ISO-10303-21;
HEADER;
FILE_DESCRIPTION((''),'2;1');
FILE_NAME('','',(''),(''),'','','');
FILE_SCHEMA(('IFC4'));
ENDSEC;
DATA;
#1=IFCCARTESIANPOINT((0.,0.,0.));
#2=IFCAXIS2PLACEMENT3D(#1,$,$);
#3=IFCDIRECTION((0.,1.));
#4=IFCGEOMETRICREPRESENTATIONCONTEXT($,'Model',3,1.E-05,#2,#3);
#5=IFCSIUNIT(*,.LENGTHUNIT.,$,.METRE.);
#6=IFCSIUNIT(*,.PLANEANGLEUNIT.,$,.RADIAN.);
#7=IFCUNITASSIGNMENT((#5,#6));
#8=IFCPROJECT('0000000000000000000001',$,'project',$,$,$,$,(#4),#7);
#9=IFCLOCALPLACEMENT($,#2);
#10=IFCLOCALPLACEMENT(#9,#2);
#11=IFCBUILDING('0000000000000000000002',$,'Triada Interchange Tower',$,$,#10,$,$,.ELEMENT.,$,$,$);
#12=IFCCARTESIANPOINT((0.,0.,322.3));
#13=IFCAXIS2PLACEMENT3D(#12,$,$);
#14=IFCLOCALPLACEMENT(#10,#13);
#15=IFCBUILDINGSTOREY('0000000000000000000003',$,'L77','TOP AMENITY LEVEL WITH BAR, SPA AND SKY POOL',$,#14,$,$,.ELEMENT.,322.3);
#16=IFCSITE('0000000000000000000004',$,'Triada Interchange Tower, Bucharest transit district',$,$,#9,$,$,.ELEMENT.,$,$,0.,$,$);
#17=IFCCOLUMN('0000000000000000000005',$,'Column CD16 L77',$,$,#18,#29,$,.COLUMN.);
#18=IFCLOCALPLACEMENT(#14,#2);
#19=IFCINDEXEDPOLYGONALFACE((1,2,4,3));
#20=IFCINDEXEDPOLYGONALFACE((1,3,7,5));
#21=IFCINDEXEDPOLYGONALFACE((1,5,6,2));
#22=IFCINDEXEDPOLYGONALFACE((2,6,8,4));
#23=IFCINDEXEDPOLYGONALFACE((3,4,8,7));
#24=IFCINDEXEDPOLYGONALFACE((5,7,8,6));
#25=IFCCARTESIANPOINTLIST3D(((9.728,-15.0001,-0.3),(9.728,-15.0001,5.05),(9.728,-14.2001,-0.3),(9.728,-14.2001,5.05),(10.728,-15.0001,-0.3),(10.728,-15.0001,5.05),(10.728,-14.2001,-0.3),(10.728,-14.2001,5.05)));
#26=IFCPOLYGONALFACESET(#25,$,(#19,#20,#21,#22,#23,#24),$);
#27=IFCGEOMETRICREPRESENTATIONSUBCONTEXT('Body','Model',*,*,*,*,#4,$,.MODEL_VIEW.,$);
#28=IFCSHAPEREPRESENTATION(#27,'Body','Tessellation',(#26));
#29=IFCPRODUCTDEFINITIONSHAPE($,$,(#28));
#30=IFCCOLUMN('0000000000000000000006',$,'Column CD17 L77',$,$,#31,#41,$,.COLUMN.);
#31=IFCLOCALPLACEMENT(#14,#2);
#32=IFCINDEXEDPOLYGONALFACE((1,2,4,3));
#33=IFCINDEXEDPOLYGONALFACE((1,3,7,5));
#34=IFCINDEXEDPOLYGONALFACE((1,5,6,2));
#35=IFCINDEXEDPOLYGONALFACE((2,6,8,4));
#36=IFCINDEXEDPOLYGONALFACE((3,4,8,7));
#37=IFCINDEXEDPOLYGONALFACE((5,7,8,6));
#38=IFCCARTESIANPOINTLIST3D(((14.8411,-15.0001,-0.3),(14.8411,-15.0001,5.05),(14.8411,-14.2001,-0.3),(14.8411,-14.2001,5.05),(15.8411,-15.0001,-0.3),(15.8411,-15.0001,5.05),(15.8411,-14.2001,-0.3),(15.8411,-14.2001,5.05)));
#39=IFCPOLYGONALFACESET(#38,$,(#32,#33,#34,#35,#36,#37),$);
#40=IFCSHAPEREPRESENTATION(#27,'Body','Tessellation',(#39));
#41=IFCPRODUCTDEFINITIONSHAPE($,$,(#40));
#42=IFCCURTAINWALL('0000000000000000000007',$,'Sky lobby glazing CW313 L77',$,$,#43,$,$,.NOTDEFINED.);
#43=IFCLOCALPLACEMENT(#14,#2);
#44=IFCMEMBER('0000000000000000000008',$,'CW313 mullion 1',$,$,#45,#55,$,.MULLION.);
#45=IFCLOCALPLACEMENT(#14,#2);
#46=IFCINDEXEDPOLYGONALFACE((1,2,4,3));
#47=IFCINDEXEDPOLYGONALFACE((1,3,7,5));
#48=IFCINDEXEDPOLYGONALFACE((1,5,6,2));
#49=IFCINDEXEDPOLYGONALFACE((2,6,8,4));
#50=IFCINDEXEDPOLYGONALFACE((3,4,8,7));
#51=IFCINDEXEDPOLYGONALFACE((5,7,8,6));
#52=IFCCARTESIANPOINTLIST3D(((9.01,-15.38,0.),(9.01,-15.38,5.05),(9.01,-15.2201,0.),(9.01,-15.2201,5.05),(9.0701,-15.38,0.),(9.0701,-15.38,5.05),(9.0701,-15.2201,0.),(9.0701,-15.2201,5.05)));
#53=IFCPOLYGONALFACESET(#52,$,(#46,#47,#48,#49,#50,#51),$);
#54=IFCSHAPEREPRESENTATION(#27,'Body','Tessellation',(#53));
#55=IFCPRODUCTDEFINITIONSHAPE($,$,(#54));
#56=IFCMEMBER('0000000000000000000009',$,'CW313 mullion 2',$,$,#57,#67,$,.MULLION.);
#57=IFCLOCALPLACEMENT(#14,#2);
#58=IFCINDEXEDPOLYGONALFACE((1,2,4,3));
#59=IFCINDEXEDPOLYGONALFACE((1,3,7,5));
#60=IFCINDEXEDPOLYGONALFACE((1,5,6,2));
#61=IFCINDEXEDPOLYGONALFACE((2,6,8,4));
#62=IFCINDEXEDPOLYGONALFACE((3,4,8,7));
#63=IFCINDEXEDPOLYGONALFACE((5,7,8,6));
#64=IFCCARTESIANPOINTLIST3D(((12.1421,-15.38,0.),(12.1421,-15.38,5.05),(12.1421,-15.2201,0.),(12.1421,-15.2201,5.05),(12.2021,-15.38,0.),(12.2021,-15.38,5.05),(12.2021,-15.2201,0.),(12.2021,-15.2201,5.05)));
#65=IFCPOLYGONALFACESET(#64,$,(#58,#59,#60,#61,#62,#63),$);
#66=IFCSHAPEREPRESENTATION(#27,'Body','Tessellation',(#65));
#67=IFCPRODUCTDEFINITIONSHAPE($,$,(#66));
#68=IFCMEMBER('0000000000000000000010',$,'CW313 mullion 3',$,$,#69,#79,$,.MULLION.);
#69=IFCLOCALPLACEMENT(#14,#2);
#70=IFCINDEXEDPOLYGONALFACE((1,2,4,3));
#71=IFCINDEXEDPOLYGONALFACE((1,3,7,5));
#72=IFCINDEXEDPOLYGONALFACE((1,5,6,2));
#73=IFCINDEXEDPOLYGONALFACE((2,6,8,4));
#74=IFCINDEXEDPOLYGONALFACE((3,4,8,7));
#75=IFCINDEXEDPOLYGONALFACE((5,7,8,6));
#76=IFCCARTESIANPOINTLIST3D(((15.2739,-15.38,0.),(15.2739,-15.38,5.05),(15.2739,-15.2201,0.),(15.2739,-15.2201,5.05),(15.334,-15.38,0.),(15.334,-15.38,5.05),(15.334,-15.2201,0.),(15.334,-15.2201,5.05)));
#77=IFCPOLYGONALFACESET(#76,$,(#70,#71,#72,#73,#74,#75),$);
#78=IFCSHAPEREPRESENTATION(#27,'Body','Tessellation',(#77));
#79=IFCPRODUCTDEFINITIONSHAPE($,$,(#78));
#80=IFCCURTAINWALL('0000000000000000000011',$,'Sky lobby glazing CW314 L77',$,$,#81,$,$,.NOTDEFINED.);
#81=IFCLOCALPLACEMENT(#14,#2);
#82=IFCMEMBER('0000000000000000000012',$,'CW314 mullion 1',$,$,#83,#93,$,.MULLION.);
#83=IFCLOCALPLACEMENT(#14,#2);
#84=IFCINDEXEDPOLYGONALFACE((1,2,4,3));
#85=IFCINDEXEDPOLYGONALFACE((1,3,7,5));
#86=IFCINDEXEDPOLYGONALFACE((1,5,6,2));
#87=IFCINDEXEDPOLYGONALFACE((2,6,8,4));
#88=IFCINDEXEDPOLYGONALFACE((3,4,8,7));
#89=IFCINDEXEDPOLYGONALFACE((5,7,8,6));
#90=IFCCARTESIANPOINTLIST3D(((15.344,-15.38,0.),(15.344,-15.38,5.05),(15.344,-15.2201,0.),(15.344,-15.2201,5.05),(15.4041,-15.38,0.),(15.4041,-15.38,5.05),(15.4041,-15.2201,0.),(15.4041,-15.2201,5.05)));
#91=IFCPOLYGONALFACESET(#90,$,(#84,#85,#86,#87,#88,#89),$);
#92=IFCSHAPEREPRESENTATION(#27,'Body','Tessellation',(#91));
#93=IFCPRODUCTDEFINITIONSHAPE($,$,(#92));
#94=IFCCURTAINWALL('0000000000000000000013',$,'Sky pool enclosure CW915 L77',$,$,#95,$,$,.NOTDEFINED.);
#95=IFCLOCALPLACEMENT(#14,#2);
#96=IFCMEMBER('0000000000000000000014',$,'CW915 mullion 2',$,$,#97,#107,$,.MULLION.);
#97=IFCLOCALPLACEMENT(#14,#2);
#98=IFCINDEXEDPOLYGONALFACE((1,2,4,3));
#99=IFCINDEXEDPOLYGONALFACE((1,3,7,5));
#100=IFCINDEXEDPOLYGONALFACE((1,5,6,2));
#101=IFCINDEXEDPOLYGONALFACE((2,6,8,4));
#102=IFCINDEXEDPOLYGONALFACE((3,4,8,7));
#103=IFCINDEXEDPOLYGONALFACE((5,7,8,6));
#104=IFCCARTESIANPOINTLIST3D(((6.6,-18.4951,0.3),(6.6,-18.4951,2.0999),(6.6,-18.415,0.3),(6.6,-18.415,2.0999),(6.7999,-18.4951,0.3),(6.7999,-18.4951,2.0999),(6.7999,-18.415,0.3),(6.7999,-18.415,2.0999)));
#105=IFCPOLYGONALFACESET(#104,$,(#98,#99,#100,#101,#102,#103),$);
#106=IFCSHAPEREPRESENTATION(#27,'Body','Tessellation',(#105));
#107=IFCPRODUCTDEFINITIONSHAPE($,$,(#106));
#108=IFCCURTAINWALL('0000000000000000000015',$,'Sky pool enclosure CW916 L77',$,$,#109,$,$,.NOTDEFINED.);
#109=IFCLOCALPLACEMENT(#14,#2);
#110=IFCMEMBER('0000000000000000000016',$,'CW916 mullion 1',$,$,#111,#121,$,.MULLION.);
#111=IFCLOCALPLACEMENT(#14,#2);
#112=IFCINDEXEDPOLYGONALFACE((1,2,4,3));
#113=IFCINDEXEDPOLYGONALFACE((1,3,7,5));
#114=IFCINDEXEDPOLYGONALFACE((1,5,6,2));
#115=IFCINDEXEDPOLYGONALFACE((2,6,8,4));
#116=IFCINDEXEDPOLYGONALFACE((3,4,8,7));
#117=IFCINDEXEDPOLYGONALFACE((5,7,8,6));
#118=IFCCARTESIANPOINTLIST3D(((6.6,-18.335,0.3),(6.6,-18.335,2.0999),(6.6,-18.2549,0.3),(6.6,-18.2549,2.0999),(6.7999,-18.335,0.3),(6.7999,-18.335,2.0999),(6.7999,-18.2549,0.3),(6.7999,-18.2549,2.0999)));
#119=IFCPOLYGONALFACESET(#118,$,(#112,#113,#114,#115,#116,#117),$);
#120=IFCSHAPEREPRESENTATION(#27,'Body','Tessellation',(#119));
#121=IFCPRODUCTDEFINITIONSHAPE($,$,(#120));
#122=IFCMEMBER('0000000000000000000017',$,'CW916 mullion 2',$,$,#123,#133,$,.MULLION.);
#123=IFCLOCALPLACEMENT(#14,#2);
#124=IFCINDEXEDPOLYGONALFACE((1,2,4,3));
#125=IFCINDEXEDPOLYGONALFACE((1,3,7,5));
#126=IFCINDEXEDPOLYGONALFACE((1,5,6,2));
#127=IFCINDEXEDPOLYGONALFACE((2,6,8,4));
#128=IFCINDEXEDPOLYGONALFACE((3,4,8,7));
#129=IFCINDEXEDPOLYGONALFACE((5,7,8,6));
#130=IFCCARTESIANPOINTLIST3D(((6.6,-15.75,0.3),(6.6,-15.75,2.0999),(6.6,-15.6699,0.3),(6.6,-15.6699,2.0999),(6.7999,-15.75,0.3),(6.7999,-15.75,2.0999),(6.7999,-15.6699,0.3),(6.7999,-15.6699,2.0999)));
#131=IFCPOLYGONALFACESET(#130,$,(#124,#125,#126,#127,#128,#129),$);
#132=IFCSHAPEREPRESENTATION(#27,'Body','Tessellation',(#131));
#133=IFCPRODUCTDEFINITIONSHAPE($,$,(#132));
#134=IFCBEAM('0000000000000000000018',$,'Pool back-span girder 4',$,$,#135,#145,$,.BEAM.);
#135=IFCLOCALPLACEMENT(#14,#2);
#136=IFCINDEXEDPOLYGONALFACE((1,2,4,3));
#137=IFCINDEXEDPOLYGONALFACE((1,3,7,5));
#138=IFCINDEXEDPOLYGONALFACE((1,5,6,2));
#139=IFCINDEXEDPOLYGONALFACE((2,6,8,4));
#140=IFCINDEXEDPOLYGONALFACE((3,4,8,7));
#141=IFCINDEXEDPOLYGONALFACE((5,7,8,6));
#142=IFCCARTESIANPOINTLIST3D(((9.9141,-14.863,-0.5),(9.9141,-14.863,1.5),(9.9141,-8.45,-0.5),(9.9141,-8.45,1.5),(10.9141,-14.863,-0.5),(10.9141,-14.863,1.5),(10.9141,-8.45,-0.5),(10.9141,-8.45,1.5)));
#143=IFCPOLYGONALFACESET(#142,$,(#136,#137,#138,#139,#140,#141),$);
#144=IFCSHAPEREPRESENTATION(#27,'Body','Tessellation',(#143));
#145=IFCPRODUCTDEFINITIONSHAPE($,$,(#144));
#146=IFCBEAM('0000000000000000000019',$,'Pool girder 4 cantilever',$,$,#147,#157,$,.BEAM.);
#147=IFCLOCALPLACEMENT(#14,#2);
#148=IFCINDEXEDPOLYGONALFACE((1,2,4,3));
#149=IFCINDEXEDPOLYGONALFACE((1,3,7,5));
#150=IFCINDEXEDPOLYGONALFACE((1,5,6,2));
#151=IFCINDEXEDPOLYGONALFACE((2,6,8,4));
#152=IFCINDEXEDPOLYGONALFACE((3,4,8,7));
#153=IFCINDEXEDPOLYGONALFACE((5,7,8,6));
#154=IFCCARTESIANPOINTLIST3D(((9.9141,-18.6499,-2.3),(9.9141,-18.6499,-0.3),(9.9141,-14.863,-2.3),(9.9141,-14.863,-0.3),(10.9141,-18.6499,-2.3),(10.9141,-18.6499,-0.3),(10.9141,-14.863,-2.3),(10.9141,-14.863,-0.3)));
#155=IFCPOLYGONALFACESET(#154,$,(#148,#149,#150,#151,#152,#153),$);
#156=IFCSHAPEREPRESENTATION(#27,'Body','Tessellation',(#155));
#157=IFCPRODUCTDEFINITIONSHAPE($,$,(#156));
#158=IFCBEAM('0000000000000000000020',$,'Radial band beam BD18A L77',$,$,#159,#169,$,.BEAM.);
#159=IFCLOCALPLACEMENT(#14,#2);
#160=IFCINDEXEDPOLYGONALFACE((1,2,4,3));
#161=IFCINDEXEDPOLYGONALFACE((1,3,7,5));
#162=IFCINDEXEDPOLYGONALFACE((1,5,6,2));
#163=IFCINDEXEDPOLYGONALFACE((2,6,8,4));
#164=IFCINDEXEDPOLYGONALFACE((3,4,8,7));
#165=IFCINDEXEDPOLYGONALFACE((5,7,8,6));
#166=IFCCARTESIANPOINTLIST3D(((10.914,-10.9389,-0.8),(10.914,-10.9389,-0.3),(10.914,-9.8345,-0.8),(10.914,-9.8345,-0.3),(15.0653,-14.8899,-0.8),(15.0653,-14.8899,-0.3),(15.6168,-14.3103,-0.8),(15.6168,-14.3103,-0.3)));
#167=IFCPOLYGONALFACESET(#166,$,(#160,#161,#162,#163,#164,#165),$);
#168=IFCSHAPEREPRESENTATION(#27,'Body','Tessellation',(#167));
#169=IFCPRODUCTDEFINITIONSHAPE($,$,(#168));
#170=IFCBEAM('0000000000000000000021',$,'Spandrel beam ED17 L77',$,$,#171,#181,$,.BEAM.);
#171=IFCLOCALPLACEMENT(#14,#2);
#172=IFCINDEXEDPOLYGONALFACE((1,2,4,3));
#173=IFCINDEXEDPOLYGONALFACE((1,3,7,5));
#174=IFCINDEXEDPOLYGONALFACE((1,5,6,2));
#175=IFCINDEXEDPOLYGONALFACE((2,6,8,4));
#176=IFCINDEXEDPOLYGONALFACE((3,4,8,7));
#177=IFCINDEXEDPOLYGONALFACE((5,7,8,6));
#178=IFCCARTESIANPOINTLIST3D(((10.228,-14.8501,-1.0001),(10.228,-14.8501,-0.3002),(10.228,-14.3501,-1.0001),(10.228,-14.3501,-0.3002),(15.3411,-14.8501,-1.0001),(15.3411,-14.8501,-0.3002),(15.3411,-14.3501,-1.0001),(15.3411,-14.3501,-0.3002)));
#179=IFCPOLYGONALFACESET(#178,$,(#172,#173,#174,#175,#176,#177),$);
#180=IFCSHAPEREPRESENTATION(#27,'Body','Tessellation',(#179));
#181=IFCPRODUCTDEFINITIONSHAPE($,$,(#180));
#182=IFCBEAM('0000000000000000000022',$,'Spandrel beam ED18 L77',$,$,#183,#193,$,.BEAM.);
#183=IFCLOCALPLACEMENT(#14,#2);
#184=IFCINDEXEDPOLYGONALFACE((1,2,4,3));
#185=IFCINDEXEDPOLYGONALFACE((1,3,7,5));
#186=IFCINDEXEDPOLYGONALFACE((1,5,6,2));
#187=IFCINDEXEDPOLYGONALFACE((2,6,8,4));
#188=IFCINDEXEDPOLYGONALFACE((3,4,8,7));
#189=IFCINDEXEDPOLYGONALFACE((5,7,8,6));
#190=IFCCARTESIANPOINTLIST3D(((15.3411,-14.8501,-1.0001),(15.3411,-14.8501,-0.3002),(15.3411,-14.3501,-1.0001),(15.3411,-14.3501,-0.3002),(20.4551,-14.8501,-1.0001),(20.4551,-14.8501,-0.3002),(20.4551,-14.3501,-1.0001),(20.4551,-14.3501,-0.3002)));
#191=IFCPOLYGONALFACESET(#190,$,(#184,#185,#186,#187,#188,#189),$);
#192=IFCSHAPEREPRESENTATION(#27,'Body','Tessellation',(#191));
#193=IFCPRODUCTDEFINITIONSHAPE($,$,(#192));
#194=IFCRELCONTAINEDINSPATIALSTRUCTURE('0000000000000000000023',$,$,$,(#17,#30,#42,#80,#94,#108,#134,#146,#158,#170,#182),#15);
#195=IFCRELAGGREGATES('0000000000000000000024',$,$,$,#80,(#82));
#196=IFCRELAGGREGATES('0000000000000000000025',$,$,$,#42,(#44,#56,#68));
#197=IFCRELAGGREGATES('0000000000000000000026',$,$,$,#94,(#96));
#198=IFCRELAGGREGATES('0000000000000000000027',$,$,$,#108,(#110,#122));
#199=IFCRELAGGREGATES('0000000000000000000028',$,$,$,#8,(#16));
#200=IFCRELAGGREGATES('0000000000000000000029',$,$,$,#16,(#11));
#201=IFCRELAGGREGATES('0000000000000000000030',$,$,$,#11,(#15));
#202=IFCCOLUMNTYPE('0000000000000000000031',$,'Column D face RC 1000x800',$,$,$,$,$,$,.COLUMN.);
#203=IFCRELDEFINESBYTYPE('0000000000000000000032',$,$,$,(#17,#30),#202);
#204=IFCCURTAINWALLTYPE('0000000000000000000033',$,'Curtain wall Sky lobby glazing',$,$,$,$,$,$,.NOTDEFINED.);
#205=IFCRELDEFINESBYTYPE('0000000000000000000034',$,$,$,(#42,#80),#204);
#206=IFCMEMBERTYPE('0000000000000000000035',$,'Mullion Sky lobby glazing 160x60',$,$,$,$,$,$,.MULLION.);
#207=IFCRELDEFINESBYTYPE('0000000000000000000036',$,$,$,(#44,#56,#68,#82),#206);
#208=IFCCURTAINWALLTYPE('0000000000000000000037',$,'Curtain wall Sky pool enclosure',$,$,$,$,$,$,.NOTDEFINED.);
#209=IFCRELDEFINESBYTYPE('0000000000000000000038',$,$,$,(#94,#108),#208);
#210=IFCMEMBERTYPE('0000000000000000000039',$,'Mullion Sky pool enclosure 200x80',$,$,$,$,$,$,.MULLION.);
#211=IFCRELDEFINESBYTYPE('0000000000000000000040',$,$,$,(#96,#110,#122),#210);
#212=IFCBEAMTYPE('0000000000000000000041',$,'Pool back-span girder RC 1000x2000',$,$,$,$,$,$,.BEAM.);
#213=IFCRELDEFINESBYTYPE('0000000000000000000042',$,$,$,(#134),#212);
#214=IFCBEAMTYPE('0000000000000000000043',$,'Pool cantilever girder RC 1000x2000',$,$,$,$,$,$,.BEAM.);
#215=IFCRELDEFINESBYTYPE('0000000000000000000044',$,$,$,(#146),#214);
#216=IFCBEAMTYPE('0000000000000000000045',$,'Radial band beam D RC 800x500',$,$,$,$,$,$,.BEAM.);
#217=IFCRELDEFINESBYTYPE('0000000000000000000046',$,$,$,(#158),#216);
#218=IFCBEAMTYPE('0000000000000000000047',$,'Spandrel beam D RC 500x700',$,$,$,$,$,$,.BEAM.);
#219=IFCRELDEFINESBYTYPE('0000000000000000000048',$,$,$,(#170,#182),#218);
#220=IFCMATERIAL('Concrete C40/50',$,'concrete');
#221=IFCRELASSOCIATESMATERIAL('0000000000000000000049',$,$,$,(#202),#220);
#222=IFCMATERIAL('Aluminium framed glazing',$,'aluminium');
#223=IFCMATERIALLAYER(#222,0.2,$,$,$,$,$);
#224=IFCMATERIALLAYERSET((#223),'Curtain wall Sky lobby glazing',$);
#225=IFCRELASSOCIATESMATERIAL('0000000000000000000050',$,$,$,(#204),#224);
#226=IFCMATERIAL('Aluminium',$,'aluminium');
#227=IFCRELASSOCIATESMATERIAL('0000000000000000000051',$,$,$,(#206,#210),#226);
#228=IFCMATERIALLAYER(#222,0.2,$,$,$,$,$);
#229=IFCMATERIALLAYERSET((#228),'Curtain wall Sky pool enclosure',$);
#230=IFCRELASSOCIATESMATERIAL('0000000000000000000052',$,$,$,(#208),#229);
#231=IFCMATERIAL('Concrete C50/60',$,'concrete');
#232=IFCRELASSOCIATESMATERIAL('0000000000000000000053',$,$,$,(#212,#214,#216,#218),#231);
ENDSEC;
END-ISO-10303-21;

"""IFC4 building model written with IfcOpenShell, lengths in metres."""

from ifc_helpers import new_model, si_unit, direction, frame, origin, origin_2d, place, context, subcontext, project, spatial, rectangle, extrude, clip, halfspace, material, layer, layer_set, material_profile, profile_set, type_object, element, aggregate, save


model = new_model("IFC4")

# Units and contexts
model_context = context("Model", 3, precision=1e-05, world=origin(), true_north=direction((0.0, 1.0)))
body_context = subcontext(model_context, "Body", "Model", "MODEL_VIEW")
ifc_project = project(units=[si_unit("LENGTHUNIT", "METRE"), si_unit("PLANEANGLEUNIT", "RADIAN")], contexts=[model_context])

# Site, building, storey
site_placement = place(None, origin())
site = spatial("IfcSite", under=ifc_project, at=site_placement, Name="Triada Interchange Tower, Bucharest transit district", CompositionType="ELEMENT", RefElevation=0.0)
building_placement = place(site_placement, origin())
building = spatial("IfcBuilding", under=site, at=building_placement, Name="Triada Interchange Tower", CompositionType="ELEMENT")
storey_placement = place(building_placement, frame((0.0, 0.0, 322.3)))
storey = spatial("IfcBuildingStorey", under=building, at=storey_placement, Name="L77", Description="TOP AMENITY LEVEL WITH BAR, SPA AND SKY POOL", CompositionType="ELEMENT", Elevation=322.3)

# Columns
ifc_material_1 = material(Name="Concrete C40/50", Category="concrete")
ifc_material_profile_1 = material_profile(ifc_material_1, rectangle(XDim=1.0, YDim=0.8, at=origin_2d()), Name="RC 1000x800")
ifc_profile_set_1 = profile_set([ifc_material_profile_1], Name="Concrete C40/50")
column_type = type_object("IfcColumnType", Name="Column D face RC 1000x800", PredefinedType="COLUMN", material=ifc_profile_set_1)
for number, where, z_axis, x_axis, name in (
    (1, (10.228, -14.6001, -0.3), (0.0, 0.0, 1.0), (1.0, 0.0, 0.0), "Column CD16 L77"),
    (2, (15.3411, -14.6001, -0.3), (0.0, 0.0, 1.0), (1.0, 0.0, 0.0), "Column CD17 L77"),
):
    element("IfcColumn", number, at=place(storey_placement, frame(where, z_axis=z_axis, x_axis=x_axis)), inside=storey, type_object=column_type, Name=name, PredefinedType="COLUMN", context=body_context, shape_type="SweptSolid", body=[
        extrude(rectangle(XDim=1.0, YDim=0.8, at=origin_2d()), origin(), (0.0, 0.0, 1.0), 5.3501),
    ])

# Curtain wall, members
ifc_material_2 = material(Name="Aluminium framed glazing", Category="aluminium")
ifc_layer_1 = layer(ifc_material_2, 0.2)
ifc_layer_set_1 = layer_set([ifc_layer_1], Name="Curtain wall Sky lobby glazing")
curtain_wall_type_1 = type_object("IfcCurtainWallType", Name="Curtain wall Sky lobby glazing", PredefinedType="NOTDEFINED", material=ifc_layer_set_1)
curtain_wall_1_placement = place(storey_placement, origin())
curtain_wall_1 = element("IfcCurtainWall", 3, at=curtain_wall_1_placement, inside=storey, type_object=curtain_wall_type_1, Name="Sky lobby glazing CW313 L77", PredefinedType="NOTDEFINED")
ifc_material_3 = material(Name="Aluminium", Category="aluminium")
ifc_material_profile_2 = material_profile(ifc_material_3, rectangle(XDim=0.1599, YDim=0.0601, at=origin_2d()), Name="Aluminium mullion")
ifc_profile_set_2 = profile_set([ifc_material_profile_2], Name="Aluminium")
member_type_1 = type_object("IfcMemberType", Name="Mullion Sky lobby glazing 160x60", PredefinedType="MULLION", material=ifc_profile_set_2)
member_1_placement = place(storey_placement, frame((9.04, -15.3, 0.0), z_axis=(0.0, 0.0, 1.0), x_axis=(0.0, 1.0, 0.0)))
member_1 = element("IfcMember", 4, at=member_1_placement, type_object=member_type_1, Name="CW313 mullion 1", PredefinedType="MULLION", context=body_context, shape_type="SweptSolid", body=[
    extrude(rectangle(XDim=0.1599, YDim=0.0601, at=origin_2d()), origin(), (0.0, 0.0, 1.0), 5.05),
])
member_2_placement = place(storey_placement, frame((12.1721, -15.3, 0.0), z_axis=(0.0, 0.0, 1.0), x_axis=(0.0, 1.0, 0.0)))
member_2 = element("IfcMember", 5, at=member_2_placement, type_object=member_type_1, Name="CW313 mullion 2", PredefinedType="MULLION", context=body_context, shape_type="SweptSolid", body=[
    extrude(rectangle(XDim=0.1599, YDim=0.0601, at=origin_2d()), origin(), (0.0, 0.0, 1.0), 5.05),
])
member_3_placement = place(storey_placement, frame((15.304, -15.3, 0.0), z_axis=(0.0, 0.0, 1.0), x_axis=(0.0, 1.0, 0.0)))
member_3 = element("IfcMember", 6, at=member_3_placement, type_object=member_type_1, Name="CW313 mullion 3", PredefinedType="MULLION", context=body_context, shape_type="SweptSolid", body=[
    extrude(rectangle(XDim=0.1599, YDim=0.0601, at=origin_2d()), origin(), (0.0, 0.0, 1.0), 5.05),
])

# Curtain walls, members
curtain_wall_2_placement = place(storey_placement, origin())
curtain_wall_2 = element("IfcCurtainWall", 7, at=curtain_wall_2_placement, inside=storey, type_object=curtain_wall_type_1, Name="Sky lobby glazing CW314 L77", PredefinedType="NOTDEFINED")
member_4_placement = place(storey_placement, frame((15.374, -15.3, 0.0), z_axis=(0.0, 0.0, 1.0), x_axis=(0.0, 1.0, 0.0)))
member_4 = element("IfcMember", 8, at=member_4_placement, type_object=member_type_1, Name="CW314 mullion 1", PredefinedType="MULLION", context=body_context, shape_type="SweptSolid", body=[
    extrude(rectangle(XDim=0.1599, YDim=0.0601, at=origin_2d()), origin(), (0.0, 0.0, 1.0), 5.05),
])
ifc_layer_2 = layer(ifc_material_2, 0.2)
ifc_layer_set_2 = layer_set([ifc_layer_2], Name="Curtain wall Sky pool enclosure")
curtain_wall_type_2 = type_object("IfcCurtainWallType", Name="Curtain wall Sky pool enclosure", PredefinedType="NOTDEFINED", material=ifc_layer_set_2)
curtain_wall_3_placement = place(storey_placement, origin())
curtain_wall_3 = element("IfcCurtainWall", 9, at=curtain_wall_3_placement, inside=storey, type_object=curtain_wall_type_2, Name="Sky pool enclosure CW915 L77", PredefinedType="NOTDEFINED")
ifc_material_profile_3 = material_profile(ifc_material_3, rectangle(XDim=0.2, YDim=0.0801, at=origin_2d()), Name="Aluminium mullion")
ifc_profile_set_3 = profile_set([ifc_material_profile_3], Name="Aluminium")
member_type_2 = type_object("IfcMemberType", Name="Mullion Sky pool enclosure 200x80", PredefinedType="MULLION", material=ifc_profile_set_3)
member_5_placement = place(storey_placement, frame((6.7, -18.4551, 0.3), z_axis=(0.0, 0.0, 1.0), x_axis=(-1.0, 0.0, 0.0)))
member_5 = element("IfcMember", 10, at=member_5_placement, type_object=member_type_2, Name="CW915 mullion 2", PredefinedType="MULLION", context=body_context, shape_type="SweptSolid", body=[
    extrude(rectangle(XDim=0.2, YDim=0.0801, at=origin_2d()), origin(), (0.0, 0.0, 1.0), 1.7998),
])

# Curtain wall, members
curtain_wall_4_placement = place(storey_placement, origin())
curtain_wall_4 = element("IfcCurtainWall", 11, at=curtain_wall_4_placement, inside=storey, type_object=curtain_wall_type_2, Name="Sky pool enclosure CW916 L77", PredefinedType="NOTDEFINED")
member_6_placement = place(storey_placement, frame((6.7, -18.2949, 0.3), z_axis=(0.0, 0.0, 1.0), x_axis=(-1.0, 0.0, 0.0)))
member_6 = element("IfcMember", 12, at=member_6_placement, type_object=member_type_2, Name="CW916 mullion 1", PredefinedType="MULLION", context=body_context, shape_type="SweptSolid", body=[
    extrude(rectangle(XDim=0.2, YDim=0.0801, at=origin_2d()), origin(), (0.0, 0.0, 1.0), 1.7998),
])
member_7_placement = place(storey_placement, frame((6.7, -15.71, 0.3), z_axis=(0.0, 0.0, 1.0), x_axis=(-1.0, 0.0, 0.0)))
member_7 = element("IfcMember", 13, at=member_7_placement, type_object=member_type_2, Name="CW916 mullion 2", PredefinedType="MULLION", context=body_context, shape_type="SweptSolid", body=[
    extrude(rectangle(XDim=0.2, YDim=0.0801, at=origin_2d()), origin(), (0.0, 0.0, 1.0), 1.7998),
])

# Beams
ifc_material_4 = material(Name="Concrete C50/60", Category="concrete")
ifc_material_profile_4 = material_profile(ifc_material_4, rectangle(XDim=1.0, YDim=2.0, at=origin_2d()), Name="RC 1000x2000")
ifc_profile_set_4 = profile_set([ifc_material_profile_4], Name="Concrete C50/60")
beam_type_1 = type_object("IfcBeamType", Name="Pool back-span girder RC 1000x2000", PredefinedType="BEAM", material=ifc_profile_set_4)
beam_1_placement = place(storey_placement, frame((10.4141, -8.45, 0.5), z_axis=(0.0, -1.0, 0.0), x_axis=(1.0, 0.0, 0.0)))
element("IfcBeam", 14, at=beam_1_placement, inside=storey, type_object=beam_type_1, Name="Pool back-span girder 4", PredefinedType="BEAM", context=body_context, shape_type="SweptSolid", body=[
    extrude(rectangle(XDim=1.0, YDim=2.0, at=origin_2d()), origin(), (0.0, 0.0, 1.0), 6.4131),
])
ifc_material_profile_5 = material_profile(ifc_material_4, rectangle(XDim=1.0, YDim=2.0, at=origin_2d()), Name="RC 1000x2000")
ifc_profile_set_5 = profile_set([ifc_material_profile_5], Name="Concrete C50/60")
beam_type_2 = type_object("IfcBeamType", Name="Pool cantilever girder RC 1000x2000", PredefinedType="BEAM", material=ifc_profile_set_5)
beam_2_placement = place(storey_placement, frame((10.4141, -14.863, -1.3), z_axis=(0.0, -1.0, 0.0), x_axis=(1.0, 0.0, 0.0)))
element("IfcBeam", 15, at=beam_2_placement, inside=storey, type_object=beam_type_2, Name="Pool girder 4 cantilever", PredefinedType="BEAM", context=body_context, shape_type="SweptSolid", body=[
    extrude(rectangle(XDim=1.0, YDim=2.0, at=origin_2d()), origin(), (0.0, 0.0, 1.0), 3.7869),
])
ifc_material_profile_6 = material_profile(ifc_material_4, rectangle(XDim=0.8, YDim=0.5, at=origin_2d()), Name="RC 800x500")
ifc_profile_set_6 = profile_set([ifc_material_profile_6], Name="Concrete C50/60")
beam_type_3 = type_object("IfcBeamType", Name="Radial band beam D RC 800x500", PredefinedType="BEAM", material=ifc_profile_set_6)
beam_3_placement = place(storey_placement, frame((15.3411, -14.6001, -0.55), z_axis=(-0.72437, 0.689412, 0.0), x_axis=(-0.689412, -0.72437, 0.0)))
element("IfcBeam", 16, at=beam_3_placement, inside=storey, type_object=beam_type_3, Name="Radial band beam BD18A L77", PredefinedType="BEAM", context=body_context, shape_type="Clipping", body=[
    clip(extrude(rectangle(XDim=0.8, YDim=0.5, at=origin_2d()), origin(), (0.0, 0.0, 1.0), 7.6123), halfspace(frame((3.2424, -321.75, 3.0256), z_axis=(0.689412, 0.0, 0.72437), x_axis=(0.0, -1.0, 0.0)), False)),
])
ifc_material_profile_7 = material_profile(ifc_material_4, rectangle(XDim=0.5, YDim=0.7, at=origin_2d()), Name="RC 500x700")
ifc_profile_set_7 = profile_set([ifc_material_profile_7], Name="Concrete C50/60")
beam_type_4 = type_object("IfcBeamType", Name="Spandrel beam D RC 500x700", PredefinedType="BEAM", material=ifc_profile_set_7)
beam_4_placement = place(storey_placement, frame((10.228, -14.6001, -0.6501), z_axis=(1.0, 0.0, 0.0), x_axis=(0.0, 1.0, 0.0)))
element("IfcBeam", 17, at=beam_4_placement, inside=storey, type_object=beam_type_4, Name="Spandrel beam ED17 L77", PredefinedType="BEAM", context=body_context, shape_type="SweptSolid", body=[
    extrude(rectangle(XDim=0.5, YDim=0.7, at=origin_2d()), origin(), (0.0, 0.0, 1.0), 5.113),
])
beam_5_placement = place(storey_placement, frame((15.3411, -14.6001, -0.6501), z_axis=(1.0, 0.0, 0.0), x_axis=(0.0, 1.0, 0.0)))
element("IfcBeam", 18, at=beam_5_placement, inside=storey, type_object=beam_type_4, Name="Spandrel beam ED18 L77", PredefinedType="BEAM", context=body_context, shape_type="SweptSolid", body=[
    extrude(rectangle(XDim=0.5, YDim=0.7, at=origin_2d()), origin(), (0.0, 0.0, 1.0), 5.114),
])

aggregate(curtain_wall_2, [member_4])

aggregate(curtain_wall_1, [member_1, member_2, member_3])
aggregate(curtain_wall_3, [member_5])
aggregate(curtain_wall_4, [member_6, member_7])

save(model, "model.ifc")
